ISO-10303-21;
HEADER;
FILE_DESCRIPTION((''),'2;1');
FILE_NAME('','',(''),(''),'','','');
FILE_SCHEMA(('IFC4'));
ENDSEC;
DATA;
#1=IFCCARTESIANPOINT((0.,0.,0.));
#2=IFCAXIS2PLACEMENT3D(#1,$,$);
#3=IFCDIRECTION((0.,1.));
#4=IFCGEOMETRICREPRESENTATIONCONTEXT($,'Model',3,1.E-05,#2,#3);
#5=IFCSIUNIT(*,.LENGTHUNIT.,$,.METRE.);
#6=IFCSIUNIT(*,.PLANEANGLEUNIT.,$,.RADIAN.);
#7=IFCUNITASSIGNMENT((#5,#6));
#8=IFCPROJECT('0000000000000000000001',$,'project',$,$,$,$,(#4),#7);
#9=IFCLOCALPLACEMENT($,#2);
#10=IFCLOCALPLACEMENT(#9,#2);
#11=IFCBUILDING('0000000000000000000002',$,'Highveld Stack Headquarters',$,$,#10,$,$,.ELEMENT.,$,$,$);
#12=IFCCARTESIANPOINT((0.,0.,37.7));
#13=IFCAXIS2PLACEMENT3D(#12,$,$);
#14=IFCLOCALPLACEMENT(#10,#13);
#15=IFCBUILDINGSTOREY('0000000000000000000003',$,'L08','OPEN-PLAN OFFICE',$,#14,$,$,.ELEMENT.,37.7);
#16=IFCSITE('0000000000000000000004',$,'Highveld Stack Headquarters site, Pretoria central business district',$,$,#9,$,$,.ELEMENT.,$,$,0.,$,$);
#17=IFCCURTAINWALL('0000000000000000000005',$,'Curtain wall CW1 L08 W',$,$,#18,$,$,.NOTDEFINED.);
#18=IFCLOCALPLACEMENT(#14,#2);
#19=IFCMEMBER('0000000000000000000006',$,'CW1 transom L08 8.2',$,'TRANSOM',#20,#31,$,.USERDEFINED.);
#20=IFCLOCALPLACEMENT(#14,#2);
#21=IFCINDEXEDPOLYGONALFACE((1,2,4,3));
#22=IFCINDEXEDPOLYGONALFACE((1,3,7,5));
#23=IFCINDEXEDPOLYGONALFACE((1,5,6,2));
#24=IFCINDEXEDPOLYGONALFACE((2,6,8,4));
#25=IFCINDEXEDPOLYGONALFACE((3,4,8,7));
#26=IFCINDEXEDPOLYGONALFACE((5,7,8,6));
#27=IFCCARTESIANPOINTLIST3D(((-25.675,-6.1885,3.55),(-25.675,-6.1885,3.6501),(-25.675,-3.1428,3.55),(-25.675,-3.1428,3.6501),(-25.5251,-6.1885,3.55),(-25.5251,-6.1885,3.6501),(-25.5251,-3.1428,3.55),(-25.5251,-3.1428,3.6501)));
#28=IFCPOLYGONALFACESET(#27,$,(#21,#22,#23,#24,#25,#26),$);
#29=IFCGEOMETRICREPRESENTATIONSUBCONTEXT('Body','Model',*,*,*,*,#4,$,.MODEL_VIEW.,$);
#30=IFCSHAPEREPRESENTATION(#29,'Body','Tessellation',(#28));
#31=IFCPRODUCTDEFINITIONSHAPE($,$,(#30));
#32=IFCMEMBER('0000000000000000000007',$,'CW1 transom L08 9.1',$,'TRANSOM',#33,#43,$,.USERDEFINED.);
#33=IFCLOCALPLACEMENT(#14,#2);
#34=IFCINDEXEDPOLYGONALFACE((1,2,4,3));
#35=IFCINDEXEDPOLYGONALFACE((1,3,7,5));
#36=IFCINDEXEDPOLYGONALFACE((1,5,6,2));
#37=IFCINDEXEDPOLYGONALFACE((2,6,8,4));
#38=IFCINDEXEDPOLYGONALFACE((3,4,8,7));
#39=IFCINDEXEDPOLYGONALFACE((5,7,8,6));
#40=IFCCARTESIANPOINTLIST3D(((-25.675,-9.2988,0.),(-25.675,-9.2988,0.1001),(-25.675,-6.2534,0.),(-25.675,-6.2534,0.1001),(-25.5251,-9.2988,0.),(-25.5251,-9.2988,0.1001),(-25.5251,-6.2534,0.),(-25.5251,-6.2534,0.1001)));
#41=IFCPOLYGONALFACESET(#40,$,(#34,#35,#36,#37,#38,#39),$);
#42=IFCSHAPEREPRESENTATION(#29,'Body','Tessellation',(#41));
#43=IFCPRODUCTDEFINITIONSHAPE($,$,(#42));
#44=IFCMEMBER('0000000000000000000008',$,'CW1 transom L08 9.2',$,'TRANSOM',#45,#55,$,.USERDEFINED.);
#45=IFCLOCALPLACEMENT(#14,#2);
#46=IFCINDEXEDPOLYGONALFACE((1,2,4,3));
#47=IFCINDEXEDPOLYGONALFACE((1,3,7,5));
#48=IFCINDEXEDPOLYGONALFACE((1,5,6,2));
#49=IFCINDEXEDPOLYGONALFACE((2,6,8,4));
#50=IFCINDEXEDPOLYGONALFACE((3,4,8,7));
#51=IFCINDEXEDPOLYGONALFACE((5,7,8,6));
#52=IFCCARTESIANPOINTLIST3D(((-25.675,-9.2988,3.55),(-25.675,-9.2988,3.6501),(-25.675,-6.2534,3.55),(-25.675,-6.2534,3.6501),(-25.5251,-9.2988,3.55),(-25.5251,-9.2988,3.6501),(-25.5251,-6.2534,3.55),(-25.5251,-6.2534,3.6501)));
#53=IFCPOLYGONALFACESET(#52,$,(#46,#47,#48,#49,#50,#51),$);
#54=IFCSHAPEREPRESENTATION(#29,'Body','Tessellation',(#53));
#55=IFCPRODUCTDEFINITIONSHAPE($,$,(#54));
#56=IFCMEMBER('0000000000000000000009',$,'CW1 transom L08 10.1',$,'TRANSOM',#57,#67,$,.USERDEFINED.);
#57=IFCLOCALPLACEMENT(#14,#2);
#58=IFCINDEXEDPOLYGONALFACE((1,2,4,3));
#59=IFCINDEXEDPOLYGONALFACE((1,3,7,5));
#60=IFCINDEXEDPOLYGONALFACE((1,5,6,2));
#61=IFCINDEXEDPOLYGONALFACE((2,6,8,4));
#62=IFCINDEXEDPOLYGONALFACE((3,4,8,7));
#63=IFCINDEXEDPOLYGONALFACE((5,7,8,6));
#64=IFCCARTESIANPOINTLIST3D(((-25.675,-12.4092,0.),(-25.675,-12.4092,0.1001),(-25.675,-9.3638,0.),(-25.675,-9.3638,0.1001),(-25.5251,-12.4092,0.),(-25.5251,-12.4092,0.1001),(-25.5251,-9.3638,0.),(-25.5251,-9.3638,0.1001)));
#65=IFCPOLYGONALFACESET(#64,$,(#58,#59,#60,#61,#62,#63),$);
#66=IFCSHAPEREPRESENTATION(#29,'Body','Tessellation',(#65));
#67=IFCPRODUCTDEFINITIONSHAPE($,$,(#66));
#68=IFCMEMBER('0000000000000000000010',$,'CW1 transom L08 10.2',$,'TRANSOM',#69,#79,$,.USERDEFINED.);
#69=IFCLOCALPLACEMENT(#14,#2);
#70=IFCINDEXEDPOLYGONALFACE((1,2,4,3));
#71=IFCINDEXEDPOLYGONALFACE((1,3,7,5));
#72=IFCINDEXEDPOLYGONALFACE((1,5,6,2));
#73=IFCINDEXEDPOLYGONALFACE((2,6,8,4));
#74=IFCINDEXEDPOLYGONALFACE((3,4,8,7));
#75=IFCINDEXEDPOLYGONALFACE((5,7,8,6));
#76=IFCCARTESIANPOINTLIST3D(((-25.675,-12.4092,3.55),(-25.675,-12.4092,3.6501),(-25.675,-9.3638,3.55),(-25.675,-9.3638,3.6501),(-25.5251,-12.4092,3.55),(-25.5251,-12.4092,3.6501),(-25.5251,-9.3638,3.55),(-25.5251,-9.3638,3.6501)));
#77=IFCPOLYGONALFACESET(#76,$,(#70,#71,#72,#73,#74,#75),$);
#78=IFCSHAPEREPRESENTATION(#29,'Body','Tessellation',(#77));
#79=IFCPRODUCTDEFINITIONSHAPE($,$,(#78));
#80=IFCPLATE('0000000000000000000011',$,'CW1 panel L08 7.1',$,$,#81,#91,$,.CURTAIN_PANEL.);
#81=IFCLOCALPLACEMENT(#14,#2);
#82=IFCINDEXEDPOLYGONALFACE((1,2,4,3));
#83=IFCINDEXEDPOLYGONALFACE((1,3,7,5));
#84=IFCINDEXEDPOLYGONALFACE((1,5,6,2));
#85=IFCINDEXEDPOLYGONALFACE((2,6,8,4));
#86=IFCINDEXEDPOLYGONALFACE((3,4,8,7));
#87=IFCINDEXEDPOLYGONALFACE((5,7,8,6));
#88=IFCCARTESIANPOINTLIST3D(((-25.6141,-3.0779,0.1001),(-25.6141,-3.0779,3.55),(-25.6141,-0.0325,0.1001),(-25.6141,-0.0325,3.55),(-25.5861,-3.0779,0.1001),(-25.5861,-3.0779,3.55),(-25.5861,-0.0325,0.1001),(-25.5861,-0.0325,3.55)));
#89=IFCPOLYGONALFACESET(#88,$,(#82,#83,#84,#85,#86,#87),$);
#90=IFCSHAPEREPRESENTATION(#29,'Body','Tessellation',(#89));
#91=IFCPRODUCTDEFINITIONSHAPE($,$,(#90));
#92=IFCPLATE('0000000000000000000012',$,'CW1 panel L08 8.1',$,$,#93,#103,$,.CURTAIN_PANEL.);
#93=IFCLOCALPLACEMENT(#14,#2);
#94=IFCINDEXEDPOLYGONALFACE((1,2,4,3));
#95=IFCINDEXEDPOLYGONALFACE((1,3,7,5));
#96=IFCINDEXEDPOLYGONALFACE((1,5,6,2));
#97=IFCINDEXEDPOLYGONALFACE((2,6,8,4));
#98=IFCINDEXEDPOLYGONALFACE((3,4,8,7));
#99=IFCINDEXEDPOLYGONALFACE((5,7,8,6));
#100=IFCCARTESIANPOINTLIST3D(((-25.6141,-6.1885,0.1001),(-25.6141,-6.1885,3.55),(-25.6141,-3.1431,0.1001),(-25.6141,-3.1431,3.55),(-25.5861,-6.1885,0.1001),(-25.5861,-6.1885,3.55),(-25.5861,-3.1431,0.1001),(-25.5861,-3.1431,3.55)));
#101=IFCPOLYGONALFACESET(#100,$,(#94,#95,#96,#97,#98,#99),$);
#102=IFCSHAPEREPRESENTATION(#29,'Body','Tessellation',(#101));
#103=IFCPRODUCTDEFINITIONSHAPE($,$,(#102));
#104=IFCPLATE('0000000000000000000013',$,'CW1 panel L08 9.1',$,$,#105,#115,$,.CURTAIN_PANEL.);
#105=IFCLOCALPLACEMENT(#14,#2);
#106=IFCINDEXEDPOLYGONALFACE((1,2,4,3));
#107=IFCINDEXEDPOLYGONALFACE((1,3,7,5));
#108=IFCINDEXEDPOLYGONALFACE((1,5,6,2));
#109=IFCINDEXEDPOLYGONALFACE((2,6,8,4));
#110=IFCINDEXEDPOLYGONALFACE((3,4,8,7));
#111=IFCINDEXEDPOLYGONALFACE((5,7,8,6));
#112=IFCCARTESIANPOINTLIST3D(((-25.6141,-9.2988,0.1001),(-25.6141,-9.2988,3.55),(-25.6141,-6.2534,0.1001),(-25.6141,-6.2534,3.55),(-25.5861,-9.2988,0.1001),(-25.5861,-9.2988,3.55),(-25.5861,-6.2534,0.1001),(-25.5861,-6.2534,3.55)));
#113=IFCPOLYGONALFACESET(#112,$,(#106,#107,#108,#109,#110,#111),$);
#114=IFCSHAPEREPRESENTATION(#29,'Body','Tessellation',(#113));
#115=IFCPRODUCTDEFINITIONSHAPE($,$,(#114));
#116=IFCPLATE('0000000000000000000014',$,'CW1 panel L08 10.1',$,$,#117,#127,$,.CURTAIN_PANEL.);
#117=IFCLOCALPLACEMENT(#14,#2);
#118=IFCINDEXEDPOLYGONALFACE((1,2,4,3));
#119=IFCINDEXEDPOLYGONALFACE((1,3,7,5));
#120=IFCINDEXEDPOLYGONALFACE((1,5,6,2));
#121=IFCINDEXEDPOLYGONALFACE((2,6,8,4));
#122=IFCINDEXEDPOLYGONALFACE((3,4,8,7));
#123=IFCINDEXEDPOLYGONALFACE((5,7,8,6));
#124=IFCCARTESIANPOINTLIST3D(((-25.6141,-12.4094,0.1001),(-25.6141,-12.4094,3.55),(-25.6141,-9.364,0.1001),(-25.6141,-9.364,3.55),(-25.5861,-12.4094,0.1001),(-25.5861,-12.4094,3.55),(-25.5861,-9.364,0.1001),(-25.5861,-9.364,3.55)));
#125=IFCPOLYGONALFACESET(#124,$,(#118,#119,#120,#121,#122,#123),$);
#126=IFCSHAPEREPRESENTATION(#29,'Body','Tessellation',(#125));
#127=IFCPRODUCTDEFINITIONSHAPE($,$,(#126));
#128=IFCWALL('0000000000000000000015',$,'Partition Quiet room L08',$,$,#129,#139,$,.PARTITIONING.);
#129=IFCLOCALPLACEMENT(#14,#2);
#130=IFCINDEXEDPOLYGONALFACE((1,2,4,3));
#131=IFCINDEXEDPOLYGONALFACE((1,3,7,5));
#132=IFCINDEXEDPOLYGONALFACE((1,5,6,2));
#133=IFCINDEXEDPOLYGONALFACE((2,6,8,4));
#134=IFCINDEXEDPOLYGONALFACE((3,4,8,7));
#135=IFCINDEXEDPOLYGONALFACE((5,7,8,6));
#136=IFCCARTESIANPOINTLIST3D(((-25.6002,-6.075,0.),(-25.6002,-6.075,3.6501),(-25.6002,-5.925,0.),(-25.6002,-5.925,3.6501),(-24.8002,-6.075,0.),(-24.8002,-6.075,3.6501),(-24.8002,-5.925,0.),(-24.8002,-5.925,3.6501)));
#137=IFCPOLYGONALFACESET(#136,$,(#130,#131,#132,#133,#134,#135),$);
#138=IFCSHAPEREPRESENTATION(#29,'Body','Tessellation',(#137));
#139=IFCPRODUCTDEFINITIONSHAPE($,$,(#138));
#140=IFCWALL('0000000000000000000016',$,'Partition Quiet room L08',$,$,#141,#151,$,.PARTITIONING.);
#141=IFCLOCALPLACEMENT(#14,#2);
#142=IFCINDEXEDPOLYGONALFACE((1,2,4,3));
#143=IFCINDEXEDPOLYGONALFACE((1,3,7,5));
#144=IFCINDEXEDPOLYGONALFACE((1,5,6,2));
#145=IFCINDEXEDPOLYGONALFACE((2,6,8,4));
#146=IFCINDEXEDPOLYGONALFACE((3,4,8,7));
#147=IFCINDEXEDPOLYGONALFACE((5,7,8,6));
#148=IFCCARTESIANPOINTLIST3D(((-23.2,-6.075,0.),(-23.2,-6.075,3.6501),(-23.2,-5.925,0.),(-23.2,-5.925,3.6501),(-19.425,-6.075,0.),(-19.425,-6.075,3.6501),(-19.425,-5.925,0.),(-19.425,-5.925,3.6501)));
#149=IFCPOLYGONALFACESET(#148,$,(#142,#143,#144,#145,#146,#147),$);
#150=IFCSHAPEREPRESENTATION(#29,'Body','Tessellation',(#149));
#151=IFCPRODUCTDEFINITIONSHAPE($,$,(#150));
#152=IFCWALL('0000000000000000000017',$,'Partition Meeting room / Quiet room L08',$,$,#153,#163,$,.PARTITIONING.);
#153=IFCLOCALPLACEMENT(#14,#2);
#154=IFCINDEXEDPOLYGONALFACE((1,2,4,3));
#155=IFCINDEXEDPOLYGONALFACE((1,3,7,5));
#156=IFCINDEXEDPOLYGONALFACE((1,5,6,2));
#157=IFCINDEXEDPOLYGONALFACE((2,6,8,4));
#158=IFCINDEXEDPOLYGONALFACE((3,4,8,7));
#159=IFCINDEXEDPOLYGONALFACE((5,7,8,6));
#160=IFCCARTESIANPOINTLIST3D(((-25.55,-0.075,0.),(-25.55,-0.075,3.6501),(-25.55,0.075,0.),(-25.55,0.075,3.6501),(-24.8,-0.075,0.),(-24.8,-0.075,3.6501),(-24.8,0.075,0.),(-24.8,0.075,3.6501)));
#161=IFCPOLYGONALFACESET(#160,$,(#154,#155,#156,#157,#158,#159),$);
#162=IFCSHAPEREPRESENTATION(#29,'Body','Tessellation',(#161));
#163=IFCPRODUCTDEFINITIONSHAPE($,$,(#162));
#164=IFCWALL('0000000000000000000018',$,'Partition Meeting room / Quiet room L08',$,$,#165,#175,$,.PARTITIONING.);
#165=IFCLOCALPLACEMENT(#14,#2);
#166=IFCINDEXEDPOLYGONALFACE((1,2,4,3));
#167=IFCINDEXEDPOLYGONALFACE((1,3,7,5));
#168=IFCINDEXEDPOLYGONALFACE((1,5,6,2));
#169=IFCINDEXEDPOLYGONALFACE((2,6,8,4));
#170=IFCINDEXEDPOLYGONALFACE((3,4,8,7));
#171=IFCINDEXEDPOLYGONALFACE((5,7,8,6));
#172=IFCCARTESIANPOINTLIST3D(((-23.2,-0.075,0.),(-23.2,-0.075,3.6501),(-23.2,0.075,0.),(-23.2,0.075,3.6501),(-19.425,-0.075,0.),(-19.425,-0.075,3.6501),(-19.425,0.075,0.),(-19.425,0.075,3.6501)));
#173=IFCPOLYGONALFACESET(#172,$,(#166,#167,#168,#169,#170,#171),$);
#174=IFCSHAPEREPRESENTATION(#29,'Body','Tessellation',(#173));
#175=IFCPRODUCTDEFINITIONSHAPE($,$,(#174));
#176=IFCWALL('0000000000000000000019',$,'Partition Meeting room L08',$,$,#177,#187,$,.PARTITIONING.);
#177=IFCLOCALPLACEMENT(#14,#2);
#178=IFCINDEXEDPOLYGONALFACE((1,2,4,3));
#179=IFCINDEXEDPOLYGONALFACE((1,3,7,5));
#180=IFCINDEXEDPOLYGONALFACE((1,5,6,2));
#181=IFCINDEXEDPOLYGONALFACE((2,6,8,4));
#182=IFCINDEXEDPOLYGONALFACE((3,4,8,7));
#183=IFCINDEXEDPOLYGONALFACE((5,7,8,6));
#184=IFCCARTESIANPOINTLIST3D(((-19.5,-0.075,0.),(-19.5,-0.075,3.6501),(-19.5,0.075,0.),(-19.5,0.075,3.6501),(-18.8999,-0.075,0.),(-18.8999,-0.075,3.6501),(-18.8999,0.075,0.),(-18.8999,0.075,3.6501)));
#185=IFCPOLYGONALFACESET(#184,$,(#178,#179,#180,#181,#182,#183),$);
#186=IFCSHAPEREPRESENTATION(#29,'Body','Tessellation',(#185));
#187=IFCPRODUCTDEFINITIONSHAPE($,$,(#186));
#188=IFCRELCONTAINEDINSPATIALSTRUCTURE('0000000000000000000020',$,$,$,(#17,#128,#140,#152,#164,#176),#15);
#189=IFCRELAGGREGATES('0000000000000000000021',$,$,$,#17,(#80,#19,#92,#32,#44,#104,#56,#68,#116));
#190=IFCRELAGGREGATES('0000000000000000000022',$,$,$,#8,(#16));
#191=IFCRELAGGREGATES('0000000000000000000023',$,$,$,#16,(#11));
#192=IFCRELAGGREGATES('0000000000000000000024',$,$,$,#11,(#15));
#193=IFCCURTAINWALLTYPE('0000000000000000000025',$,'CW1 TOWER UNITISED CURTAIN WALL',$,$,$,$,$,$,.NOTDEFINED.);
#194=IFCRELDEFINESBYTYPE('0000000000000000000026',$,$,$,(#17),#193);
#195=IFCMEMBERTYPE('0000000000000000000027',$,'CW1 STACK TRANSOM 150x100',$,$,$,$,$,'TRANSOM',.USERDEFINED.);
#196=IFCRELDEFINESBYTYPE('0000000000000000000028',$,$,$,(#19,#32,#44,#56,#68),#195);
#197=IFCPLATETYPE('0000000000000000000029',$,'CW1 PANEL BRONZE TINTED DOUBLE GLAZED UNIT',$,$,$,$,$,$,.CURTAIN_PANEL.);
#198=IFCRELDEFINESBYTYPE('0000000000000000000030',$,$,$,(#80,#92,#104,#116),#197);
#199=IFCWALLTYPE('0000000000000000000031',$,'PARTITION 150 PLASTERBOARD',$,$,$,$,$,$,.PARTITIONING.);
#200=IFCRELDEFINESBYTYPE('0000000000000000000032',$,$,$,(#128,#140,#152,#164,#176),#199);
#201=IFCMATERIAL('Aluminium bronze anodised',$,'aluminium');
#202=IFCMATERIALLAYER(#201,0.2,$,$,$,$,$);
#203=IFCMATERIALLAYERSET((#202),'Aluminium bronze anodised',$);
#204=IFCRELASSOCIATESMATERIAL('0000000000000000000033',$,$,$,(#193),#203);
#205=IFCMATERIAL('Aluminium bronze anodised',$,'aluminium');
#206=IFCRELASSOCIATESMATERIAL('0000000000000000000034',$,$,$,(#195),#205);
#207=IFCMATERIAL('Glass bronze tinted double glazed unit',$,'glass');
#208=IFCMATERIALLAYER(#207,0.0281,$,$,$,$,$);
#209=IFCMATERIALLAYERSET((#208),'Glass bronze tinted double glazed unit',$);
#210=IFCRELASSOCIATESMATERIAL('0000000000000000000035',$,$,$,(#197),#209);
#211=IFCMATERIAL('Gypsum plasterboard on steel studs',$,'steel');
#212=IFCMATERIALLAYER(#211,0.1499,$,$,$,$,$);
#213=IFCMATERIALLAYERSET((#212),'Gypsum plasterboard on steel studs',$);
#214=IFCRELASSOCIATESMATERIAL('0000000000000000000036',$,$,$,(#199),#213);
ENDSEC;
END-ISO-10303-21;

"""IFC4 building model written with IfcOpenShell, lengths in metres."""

from ifc_helpers import new_model, si_unit, direction, frame, frame_2d, origin, origin_2d, place, context, subcontext, project, spatial, rectangle, extrude, material, layer, layer_set, material_profile, profile_set, type_object, element, aggregate, save


model = new_model("IFC4")

# Units and contexts
model_context = context("Model", 3, precision=1e-05, world=origin(), true_north=direction((0.0, 1.0)))
body_context = subcontext(model_context, "Body", "Model", "MODEL_VIEW")
ifc_project = project(units=[si_unit("LENGTHUNIT", "METRE"), si_unit("PLANEANGLEUNIT", "RADIAN")], contexts=[model_context])

# Site, building, storey
site_placement = place(None, origin())
site = spatial("IfcSite", under=ifc_project, at=site_placement, Name="Highveld Stack Headquarters site, Pretoria central business district", CompositionType="ELEMENT", RefElevation=0.0)
building_placement = place(site_placement, origin())
building = spatial("IfcBuilding", under=site, at=building_placement, Name="Highveld Stack Headquarters", CompositionType="ELEMENT")
storey_placement = place(building_placement, frame((0.0, 0.0, 37.7)))
storey = spatial("IfcBuildingStorey", under=building, at=storey_placement, Name="L08", Description="OPEN-PLAN OFFICE", CompositionType="ELEMENT", Elevation=37.7)

# Curtain wall, members, plates
ifc_material_1 = material(Name="Aluminium bronze anodised", Category="aluminium")
ifc_layer_1 = layer(ifc_material_1, 0.2)
ifc_layer_set_1 = layer_set([ifc_layer_1], Name="Aluminium bronze anodised")
curtain_wall_type = type_object("IfcCurtainWallType", Name="CW1 TOWER UNITISED CURTAIN WALL", PredefinedType="NOTDEFINED", material=ifc_layer_set_1)
curtain_wall_placement = place(storey_placement, origin())
curtain_wall = element("IfcCurtainWall", 1, at=curtain_wall_placement, inside=storey, type_object=curtain_wall_type, Name="Curtain wall CW1 L08 W", PredefinedType="NOTDEFINED")
ifc_material_2 = material(Name="Aluminium bronze anodised", Category="aluminium")
ifc_material_profile_1 = material_profile(ifc_material_2, rectangle(XDim=0.1499, YDim=0.1001, at=origin_2d()), Name="CW1 TRANSOM 150x100")
ifc_profile_set_1 = profile_set([ifc_material_profile_1], Name="Aluminium bronze anodised")
member_type_1 = type_object("IfcMemberType", Name="CW1 STACK TRANSOM 150x100", ElementType="TRANSOM", PredefinedType="USERDEFINED", material=ifc_profile_set_1)
member_1_placement = place(storey_placement, frame((-25.6001, -3.1428, 3.6001), z_axis=(0.0, -1.0, 0.0), x_axis=(1.0, 0.0, 0.0)))
member_1 = element("IfcMember", 2, at=member_1_placement, type_object=member_type_1, Name="CW1 transom L08 8.2", ObjectType="TRANSOM", PredefinedType="USERDEFINED", context=body_context, shape_type="SweptSolid", body=[
    extrude(rectangle(XDim=0.1499, YDim=0.1001, at=origin_2d()), origin(), (0.0, 0.0, 1.0), 3.0457),
])
member_2_placement = place(storey_placement, frame((-25.6001, -6.2534, 0.05), z_axis=(0.0, -1.0, 0.0), x_axis=(1.0, 0.0, 0.0)))
member_2 = element("IfcMember", 3, at=member_2_placement, type_object=member_type_1, Name="CW1 transom L08 9.1", ObjectType="TRANSOM", PredefinedType="USERDEFINED", context=body_context, shape_type="SweptSolid", body=[
    extrude(rectangle(XDim=0.1499, YDim=0.1001, at=origin_2d()), origin(), (0.0, 0.0, 1.0), 3.0454),
])
member_3_placement = place(storey_placement, frame((-25.6001, -6.2534, 3.6001), z_axis=(0.0, -1.0, 0.0), x_axis=(1.0, 0.0, 0.0)))
member_3 = element("IfcMember", 4, at=member_3_placement, type_object=member_type_1, Name="CW1 transom L08 9.2", ObjectType="TRANSOM", PredefinedType="USERDEFINED", context=body_context, shape_type="SweptSolid", body=[
    extrude(rectangle(XDim=0.1499, YDim=0.1001, at=origin_2d()), origin(), (0.0, 0.0, 1.0), 3.0454),
])
member_4_placement = place(storey_placement, frame((-25.6001, -9.3638, 0.05), z_axis=(0.0, -1.0, 0.0), x_axis=(1.0, 0.0, 0.0)))
member_4 = element("IfcMember", 5, at=member_4_placement, type_object=member_type_1, Name="CW1 transom L08 10.1", ObjectType="TRANSOM", PredefinedType="USERDEFINED", context=body_context, shape_type="SweptSolid", body=[
    extrude(rectangle(XDim=0.1499, YDim=0.1001, at=origin_2d()), origin(), (0.0, 0.0, 1.0), 3.0454),
])
member_5_placement = place(storey_placement, frame((-25.6001, -9.3638, 3.6001), z_axis=(0.0, -1.0, 0.0), x_axis=(1.0, 0.0, 0.0)))
member_5 = element("IfcMember", 6, at=member_5_placement, type_object=member_type_1, Name="CW1 transom L08 10.2", ObjectType="TRANSOM", PredefinedType="USERDEFINED", context=body_context, shape_type="SweptSolid", body=[
    extrude(rectangle(XDim=0.1499, YDim=0.1001, at=origin_2d()), origin(), (0.0, 0.0, 1.0), 3.0454),
])
ifc_material_3 = material(Name="Glass bronze tinted double glazed unit", Category="glass")
ifc_layer_2 = layer(ifc_material_3, 0.0281)
ifc_layer_set_2 = layer_set([ifc_layer_2], Name="Glass bronze tinted double glazed unit")
plate_type = type_object("IfcPlateType", Name="CW1 PANEL BRONZE TINTED DOUBLE GLAZED UNIT", PredefinedType="CURTAIN_PANEL", material=ifc_layer_set_2)
plate_1_placement = place(storey_placement, frame((-25.6001, -1.5552, 0.1001), z_axis=(0.0, 0.0, 1.0), x_axis=(0.0, -1.0, 0.0)))
plate_1 = element("IfcPlate", 7, at=plate_1_placement, type_object=plate_type, Name="CW1 panel L08 7.1", PredefinedType="CURTAIN_PANEL", context=body_context, shape_type="SweptSolid", body=[
    extrude(rectangle(XDim=3.0454, YDim=0.0281, at=origin_2d()), origin(), (0.0, 0.0, 1.0), 3.45),
])
plate_2_placement = place(storey_placement, frame((-25.6001, -4.6658, 0.1001), z_axis=(0.0, 0.0, 1.0), x_axis=(0.0, -1.0, 0.0)))
plate_2 = element("IfcPlate", 8, at=plate_2_placement, type_object=plate_type, Name="CW1 panel L08 8.1", PredefinedType="CURTAIN_PANEL", context=body_context, shape_type="SweptSolid", body=[
    extrude(rectangle(XDim=3.0454, YDim=0.0281, at=origin_2d()), origin(), (0.0, 0.0, 1.0), 3.45),
])
plate_3_placement = place(storey_placement, frame((-25.6001, -7.7761, 0.1001), z_axis=(0.0, 0.0, 1.0), x_axis=(0.0, -1.0, 0.0)))
plate_3 = element("IfcPlate", 9, at=plate_3_placement, type_object=plate_type, Name="CW1 panel L08 9.1", PredefinedType="CURTAIN_PANEL", context=body_context, shape_type="SweptSolid", body=[
    extrude(rectangle(XDim=3.0454, YDim=0.0281, at=origin_2d()), origin(), (0.0, 0.0, 1.0), 3.45),
])
plate_4_placement = place(storey_placement, frame((-25.6001, -10.8867, 0.1001), z_axis=(0.0, 0.0, 1.0), x_axis=(0.0, -1.0, 0.0)))
plate_4 = element("IfcPlate", 10, at=plate_4_placement, type_object=plate_type, Name="CW1 panel L08 10.1", PredefinedType="CURTAIN_PANEL", context=body_context, shape_type="SweptSolid", body=[
    extrude(rectangle(XDim=3.0454, YDim=0.0281, at=origin_2d()), origin(), (0.0, 0.0, 1.0), 3.45),
])
aggregate(curtain_wall, [plate_1, member_1, plate_2, member_2, member_3, plate_3, member_4, member_5, plate_4])

# Walls
ifc_material_4 = material(Name="Gypsum plasterboard on steel studs", Category="steel")
ifc_layer_3 = layer(ifc_material_4, 0.1499)
ifc_layer_set_3 = layer_set([ifc_layer_3], Name="Gypsum plasterboard on steel studs")
wall_type = type_object("IfcWallType", Name="PARTITION 150 PLASTERBOARD", PredefinedType="PARTITIONING", material=ifc_layer_set_3)
wall_1_placement = place(storey_placement, frame((-25.6001, -6.0, 0.0), z_axis=(0.0, 0.0, 1.0), x_axis=(1.0, 0.0, 0.0)))
element("IfcWall", 11, at=wall_1_placement, inside=storey, type_object=wall_type, Name="Partition Quiet room L08", PredefinedType="PARTITIONING", context=body_context, shape_type="SweptSolid", body=[
    extrude(rectangle(XDim=0.8, YDim=0.1499, at=frame_2d((0.3999, 0.0))), origin(), (0.0, 0.0, 1.0), 3.6501),
])
wall_2_placement = place(storey_placement, frame((-23.2, -6.0, 0.0), z_axis=(0.0, 0.0, 1.0), x_axis=(1.0, 0.0, 0.0)))
element("IfcWall", 12, at=wall_2_placement, inside=storey, type_object=wall_type, Name="Partition Quiet room L08", PredefinedType="PARTITIONING", context=body_context, shape_type="SweptSolid", body=[
    extrude(rectangle(XDim=3.7749, YDim=0.1499, at=frame_2d((1.8875, 0.0))), origin(), (0.0, 0.0, 1.0), 3.6501),
])
wall_3_placement = place(storey_placement, frame((-25.55, 0.0, 0.0), z_axis=(0.0, 0.0, 1.0), x_axis=(1.0, 0.0, 0.0)))
element("IfcWall", 13, at=wall_3_placement, inside=storey, type_object=wall_type, Name="Partition Meeting room / Quiet room L08", PredefinedType="PARTITIONING", context=body_context, shape_type="SweptSolid", body=[
    extrude(rectangle(XDim=0.75, YDim=0.1499, at=frame_2d((0.375, 0.0))), origin(), (0.0, 0.0, 1.0), 3.6501),
])
wall_4_placement = place(storey_placement, frame((-23.2, 0.0, 0.0), z_axis=(0.0, 0.0, 1.0), x_axis=(1.0, 0.0, 0.0)))
element("IfcWall", 14, at=wall_4_placement, inside=storey, type_object=wall_type, Name="Partition Meeting room / Quiet room L08", PredefinedType="PARTITIONING", context=body_context, shape_type="SweptSolid", body=[
    extrude(rectangle(XDim=3.7749, YDim=0.1499, at=frame_2d((1.8875, 0.0))), origin(), (0.0, 0.0, 1.0), 3.6501),
])
wall_5_placement = place(storey_placement, frame((-19.5, 0.0, 0.0), z_axis=(0.0, 0.0, 1.0), x_axis=(1.0, 0.0, 0.0)))
element("IfcWall", 15, at=wall_5_placement, inside=storey, type_object=wall_type, Name="Partition Meeting room L08", PredefinedType="PARTITIONING", context=body_context, shape_type="SweptSolid", body=[
    extrude(rectangle(XDim=0.6001, YDim=0.1499, at=frame_2d((0.3, 0.0))), origin(), (0.0, 0.0, 1.0), 3.6501),
])

save(model, "model.ifc")
